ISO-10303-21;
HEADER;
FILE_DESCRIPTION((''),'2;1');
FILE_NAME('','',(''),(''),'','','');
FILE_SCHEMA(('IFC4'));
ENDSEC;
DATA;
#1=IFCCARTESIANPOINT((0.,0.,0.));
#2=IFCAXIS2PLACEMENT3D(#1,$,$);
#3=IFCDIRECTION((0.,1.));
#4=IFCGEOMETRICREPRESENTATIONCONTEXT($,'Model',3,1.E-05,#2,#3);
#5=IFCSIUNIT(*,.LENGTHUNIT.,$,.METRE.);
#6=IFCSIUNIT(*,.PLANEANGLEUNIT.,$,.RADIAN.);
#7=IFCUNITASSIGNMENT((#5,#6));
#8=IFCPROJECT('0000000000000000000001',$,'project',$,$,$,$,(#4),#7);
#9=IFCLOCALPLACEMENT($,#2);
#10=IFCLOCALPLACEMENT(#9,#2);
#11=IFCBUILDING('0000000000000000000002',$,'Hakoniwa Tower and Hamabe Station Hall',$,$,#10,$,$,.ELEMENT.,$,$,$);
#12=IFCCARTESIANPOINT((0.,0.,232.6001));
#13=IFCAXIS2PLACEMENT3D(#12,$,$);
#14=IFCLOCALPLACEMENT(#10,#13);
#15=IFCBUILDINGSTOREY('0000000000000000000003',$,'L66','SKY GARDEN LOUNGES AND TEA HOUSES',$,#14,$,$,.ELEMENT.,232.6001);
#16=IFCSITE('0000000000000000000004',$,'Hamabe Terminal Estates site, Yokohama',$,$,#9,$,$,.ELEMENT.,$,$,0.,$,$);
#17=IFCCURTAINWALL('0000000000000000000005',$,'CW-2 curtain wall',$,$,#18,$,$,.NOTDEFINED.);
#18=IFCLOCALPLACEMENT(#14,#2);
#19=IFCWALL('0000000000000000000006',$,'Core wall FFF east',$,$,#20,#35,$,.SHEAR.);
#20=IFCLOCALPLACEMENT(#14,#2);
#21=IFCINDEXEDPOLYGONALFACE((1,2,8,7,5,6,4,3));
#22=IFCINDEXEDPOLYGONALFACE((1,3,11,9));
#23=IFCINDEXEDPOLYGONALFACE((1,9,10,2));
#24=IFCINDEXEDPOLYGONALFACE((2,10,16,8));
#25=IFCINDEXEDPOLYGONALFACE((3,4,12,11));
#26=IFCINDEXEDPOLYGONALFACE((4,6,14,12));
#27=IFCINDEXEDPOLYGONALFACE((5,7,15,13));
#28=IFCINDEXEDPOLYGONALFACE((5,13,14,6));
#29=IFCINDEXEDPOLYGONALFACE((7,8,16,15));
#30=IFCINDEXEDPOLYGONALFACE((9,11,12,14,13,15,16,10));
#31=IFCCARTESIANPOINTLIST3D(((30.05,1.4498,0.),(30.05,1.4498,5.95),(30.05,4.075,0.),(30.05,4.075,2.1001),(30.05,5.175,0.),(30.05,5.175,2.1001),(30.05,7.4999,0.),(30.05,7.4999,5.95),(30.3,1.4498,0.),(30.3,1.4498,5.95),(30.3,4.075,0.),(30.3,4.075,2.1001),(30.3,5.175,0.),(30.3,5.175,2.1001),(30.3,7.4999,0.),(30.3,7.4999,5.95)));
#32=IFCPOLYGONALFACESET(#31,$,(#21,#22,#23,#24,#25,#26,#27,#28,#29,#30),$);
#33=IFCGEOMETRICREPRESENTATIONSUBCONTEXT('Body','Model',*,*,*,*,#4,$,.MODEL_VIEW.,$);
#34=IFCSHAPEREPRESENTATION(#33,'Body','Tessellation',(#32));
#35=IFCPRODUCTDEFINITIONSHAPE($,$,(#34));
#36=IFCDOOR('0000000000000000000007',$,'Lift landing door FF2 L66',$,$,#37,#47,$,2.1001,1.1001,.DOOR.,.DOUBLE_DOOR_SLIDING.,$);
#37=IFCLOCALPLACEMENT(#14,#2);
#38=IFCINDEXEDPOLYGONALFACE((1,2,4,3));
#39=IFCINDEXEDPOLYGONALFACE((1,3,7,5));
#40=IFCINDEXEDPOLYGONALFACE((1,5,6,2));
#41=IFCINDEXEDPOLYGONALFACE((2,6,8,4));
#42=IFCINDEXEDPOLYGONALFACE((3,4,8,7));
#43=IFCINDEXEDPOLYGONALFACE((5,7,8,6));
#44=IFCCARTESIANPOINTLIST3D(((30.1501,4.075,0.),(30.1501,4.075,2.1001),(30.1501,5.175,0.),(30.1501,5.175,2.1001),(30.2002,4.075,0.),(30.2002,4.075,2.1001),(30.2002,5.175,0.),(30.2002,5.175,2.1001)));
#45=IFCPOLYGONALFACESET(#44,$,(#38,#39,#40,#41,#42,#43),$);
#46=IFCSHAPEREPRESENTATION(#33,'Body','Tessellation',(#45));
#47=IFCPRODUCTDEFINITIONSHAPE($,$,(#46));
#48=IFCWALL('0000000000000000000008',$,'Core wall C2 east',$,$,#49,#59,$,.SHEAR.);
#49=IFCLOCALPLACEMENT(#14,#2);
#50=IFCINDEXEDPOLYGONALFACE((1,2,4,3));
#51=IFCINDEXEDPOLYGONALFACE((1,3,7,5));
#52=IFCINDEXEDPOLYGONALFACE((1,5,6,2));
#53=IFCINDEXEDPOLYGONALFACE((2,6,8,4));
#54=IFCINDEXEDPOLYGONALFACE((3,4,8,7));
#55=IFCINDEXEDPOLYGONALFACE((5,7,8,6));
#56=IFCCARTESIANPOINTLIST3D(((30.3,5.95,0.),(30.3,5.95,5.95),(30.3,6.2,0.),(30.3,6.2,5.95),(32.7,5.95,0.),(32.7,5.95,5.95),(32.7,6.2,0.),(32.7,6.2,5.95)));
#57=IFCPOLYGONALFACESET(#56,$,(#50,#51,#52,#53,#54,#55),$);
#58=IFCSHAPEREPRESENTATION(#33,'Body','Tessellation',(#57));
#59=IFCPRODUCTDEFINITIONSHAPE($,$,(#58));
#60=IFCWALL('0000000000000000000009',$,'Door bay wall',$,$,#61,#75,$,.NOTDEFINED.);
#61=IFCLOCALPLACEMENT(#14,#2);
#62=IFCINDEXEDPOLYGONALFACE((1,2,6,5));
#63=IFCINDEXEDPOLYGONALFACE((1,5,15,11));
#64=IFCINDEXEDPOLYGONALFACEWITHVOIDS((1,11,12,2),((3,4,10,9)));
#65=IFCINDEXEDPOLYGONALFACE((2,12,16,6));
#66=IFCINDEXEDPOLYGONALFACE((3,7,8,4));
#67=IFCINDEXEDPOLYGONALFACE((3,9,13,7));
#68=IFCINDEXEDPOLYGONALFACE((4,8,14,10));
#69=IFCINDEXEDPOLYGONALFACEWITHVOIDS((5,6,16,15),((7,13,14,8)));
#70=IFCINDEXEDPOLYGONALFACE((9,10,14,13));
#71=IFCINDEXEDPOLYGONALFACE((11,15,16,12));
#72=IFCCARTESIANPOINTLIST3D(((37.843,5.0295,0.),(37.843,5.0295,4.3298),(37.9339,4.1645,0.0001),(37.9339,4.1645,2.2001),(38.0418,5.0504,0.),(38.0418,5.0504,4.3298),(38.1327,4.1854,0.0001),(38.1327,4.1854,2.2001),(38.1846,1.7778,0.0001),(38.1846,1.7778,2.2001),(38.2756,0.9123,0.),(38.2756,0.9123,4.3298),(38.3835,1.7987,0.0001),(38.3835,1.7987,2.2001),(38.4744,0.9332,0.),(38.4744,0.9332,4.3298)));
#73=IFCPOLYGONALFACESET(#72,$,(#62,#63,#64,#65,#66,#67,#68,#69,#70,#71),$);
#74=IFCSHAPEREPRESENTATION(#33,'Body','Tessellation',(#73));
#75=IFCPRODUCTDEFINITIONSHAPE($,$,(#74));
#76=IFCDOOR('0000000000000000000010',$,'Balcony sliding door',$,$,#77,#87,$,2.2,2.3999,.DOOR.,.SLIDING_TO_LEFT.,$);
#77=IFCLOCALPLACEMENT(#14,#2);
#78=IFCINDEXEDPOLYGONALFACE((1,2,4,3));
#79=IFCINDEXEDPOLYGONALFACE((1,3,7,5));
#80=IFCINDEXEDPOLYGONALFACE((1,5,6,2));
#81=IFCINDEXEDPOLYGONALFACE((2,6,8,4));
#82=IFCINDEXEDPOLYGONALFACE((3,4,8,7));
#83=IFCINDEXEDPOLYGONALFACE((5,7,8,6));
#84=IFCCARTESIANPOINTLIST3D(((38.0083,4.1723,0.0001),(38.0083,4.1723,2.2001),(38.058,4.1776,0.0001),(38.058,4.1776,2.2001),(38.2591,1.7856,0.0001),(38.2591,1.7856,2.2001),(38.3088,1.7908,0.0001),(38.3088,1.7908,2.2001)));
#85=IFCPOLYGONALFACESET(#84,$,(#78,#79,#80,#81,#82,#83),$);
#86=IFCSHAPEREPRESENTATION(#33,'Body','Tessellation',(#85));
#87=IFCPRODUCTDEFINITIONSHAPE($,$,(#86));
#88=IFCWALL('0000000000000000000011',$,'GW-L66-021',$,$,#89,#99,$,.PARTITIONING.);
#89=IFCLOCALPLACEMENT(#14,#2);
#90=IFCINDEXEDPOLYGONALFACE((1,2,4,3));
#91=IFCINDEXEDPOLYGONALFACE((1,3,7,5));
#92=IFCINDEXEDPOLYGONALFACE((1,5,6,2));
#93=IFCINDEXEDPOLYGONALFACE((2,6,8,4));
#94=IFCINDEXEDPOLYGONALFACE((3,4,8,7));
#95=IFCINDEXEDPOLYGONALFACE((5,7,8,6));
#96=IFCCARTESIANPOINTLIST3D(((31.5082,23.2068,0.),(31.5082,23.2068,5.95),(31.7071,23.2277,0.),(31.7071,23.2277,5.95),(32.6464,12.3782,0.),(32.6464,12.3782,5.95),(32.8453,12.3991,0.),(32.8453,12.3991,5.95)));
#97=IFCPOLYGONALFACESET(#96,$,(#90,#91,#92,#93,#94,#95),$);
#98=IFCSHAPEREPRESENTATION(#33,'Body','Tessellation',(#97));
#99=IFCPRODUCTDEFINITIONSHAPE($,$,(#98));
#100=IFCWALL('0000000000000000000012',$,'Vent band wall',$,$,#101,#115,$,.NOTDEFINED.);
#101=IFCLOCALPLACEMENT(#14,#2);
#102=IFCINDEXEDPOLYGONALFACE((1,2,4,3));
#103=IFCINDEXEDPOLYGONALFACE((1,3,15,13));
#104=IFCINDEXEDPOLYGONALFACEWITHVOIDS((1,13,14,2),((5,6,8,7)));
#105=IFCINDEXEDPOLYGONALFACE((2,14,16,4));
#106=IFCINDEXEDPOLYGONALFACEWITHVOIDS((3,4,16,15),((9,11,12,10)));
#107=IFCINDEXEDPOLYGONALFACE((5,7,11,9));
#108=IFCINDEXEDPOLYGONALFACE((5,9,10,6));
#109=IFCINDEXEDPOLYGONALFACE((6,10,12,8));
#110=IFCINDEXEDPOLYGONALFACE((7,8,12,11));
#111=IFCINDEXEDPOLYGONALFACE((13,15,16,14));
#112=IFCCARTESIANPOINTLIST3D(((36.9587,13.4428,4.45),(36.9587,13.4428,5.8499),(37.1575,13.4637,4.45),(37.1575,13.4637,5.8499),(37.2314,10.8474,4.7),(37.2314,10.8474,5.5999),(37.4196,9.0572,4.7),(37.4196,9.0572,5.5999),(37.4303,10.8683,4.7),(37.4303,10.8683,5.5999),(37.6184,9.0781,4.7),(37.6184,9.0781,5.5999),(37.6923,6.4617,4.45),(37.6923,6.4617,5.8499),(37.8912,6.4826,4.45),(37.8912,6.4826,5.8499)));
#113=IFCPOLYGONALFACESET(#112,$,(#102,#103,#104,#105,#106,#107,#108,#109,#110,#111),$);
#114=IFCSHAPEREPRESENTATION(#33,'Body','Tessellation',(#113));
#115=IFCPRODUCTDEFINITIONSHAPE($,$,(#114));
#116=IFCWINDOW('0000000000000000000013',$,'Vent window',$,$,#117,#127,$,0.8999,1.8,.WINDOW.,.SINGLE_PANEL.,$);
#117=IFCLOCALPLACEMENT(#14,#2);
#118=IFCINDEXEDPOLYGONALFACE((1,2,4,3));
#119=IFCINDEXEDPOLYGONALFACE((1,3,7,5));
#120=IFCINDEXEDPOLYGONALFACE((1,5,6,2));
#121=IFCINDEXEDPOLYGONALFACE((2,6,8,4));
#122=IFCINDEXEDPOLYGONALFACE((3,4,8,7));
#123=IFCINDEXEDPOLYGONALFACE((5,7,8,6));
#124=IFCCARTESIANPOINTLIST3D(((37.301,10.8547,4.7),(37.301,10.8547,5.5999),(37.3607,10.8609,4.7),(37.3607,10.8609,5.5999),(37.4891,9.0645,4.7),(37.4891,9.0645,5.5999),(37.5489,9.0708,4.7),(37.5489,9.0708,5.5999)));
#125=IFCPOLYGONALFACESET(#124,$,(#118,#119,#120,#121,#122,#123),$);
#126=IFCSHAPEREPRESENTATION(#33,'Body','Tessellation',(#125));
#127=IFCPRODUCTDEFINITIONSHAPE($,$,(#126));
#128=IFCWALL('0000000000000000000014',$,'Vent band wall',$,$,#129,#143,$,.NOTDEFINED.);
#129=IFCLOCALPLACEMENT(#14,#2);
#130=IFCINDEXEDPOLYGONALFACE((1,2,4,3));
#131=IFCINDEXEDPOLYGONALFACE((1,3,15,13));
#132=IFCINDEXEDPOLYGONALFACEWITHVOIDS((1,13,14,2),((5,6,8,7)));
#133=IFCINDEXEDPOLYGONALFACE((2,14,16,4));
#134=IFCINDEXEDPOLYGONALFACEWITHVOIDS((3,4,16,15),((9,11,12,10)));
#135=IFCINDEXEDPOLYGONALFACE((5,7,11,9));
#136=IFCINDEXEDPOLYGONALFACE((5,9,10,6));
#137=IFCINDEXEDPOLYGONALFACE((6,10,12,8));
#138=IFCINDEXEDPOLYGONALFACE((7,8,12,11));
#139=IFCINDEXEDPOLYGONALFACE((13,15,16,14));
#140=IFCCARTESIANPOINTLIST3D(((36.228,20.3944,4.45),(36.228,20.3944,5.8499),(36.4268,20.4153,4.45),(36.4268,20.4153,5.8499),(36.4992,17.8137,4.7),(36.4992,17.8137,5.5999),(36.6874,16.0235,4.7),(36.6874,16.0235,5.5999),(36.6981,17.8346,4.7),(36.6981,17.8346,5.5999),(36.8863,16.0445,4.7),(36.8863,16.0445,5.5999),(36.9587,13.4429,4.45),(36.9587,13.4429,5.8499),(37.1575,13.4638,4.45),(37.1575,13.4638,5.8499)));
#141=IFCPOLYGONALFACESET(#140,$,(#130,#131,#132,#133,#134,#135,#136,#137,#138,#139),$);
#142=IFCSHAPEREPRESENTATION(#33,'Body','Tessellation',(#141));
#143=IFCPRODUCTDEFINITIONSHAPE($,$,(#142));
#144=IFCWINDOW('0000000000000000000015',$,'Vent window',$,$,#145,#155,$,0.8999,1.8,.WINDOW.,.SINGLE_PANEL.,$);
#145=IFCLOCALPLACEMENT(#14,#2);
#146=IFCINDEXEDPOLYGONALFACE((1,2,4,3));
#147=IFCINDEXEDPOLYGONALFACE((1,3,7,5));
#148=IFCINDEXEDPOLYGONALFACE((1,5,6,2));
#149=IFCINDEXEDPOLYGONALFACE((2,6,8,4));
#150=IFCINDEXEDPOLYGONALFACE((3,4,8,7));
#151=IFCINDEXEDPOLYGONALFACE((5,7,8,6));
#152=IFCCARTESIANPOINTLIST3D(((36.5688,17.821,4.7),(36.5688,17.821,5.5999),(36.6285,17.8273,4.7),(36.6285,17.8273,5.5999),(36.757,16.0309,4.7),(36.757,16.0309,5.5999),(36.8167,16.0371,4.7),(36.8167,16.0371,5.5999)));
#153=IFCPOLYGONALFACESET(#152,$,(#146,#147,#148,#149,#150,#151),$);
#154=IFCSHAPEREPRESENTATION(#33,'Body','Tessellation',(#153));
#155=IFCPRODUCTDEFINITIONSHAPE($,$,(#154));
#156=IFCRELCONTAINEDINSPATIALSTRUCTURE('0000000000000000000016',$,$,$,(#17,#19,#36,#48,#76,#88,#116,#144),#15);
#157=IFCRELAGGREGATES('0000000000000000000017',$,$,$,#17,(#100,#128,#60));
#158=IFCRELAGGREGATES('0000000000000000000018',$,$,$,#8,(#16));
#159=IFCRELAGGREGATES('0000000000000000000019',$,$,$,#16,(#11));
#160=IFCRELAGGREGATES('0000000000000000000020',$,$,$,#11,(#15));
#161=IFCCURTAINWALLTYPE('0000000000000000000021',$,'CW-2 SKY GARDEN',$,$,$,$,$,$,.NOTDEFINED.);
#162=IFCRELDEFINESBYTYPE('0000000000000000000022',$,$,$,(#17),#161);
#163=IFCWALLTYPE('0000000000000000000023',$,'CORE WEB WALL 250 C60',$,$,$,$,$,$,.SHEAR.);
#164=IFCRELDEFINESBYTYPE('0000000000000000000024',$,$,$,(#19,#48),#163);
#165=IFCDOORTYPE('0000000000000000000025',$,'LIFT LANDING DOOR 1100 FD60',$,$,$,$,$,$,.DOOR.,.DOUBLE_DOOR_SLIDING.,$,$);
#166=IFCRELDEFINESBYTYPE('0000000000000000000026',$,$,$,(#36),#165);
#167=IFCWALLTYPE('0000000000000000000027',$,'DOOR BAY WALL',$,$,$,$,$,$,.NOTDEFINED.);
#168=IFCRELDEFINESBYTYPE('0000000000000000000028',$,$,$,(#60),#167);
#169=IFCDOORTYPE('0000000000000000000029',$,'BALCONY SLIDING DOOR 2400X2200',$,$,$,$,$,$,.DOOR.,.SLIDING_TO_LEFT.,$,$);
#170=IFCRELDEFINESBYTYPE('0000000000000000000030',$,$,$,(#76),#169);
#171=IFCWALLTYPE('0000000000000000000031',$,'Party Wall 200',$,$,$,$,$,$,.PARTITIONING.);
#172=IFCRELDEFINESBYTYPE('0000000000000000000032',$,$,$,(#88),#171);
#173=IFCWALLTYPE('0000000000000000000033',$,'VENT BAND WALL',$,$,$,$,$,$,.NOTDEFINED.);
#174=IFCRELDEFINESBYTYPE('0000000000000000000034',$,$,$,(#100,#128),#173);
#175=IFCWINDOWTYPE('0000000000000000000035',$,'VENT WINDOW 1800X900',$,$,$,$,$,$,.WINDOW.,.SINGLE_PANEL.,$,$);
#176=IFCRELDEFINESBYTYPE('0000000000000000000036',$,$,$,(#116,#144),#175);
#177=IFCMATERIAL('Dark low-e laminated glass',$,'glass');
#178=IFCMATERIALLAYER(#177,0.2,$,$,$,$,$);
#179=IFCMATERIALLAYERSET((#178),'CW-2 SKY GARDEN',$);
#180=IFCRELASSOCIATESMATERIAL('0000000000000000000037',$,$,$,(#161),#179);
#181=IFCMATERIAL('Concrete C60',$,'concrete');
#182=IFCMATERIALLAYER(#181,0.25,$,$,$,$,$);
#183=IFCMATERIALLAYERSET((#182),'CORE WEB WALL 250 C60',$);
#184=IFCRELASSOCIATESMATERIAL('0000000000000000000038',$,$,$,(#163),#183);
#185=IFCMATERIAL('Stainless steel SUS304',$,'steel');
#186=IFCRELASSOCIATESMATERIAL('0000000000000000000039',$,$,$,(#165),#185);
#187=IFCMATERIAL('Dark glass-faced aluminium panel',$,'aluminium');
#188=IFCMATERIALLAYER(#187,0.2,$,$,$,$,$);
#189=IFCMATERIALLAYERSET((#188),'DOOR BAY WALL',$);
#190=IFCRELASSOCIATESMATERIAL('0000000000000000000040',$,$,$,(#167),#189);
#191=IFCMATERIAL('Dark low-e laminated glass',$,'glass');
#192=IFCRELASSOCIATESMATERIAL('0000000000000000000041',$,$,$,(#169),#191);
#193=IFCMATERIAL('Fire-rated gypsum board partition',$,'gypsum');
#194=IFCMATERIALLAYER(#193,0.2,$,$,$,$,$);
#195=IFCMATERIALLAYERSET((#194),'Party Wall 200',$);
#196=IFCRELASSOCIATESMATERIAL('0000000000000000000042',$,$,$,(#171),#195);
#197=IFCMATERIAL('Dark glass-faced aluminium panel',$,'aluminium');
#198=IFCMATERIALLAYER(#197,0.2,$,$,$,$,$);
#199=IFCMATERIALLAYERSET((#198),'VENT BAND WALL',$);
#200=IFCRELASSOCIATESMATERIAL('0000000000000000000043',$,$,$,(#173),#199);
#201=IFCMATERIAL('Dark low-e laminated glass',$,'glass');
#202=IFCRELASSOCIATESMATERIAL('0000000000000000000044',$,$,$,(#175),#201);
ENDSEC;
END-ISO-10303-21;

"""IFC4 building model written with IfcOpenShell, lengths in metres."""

from ifc_helpers import new_model, si_unit, direction, frame, frame_2d, origin, place, context, subcontext, project, spatial, rectangle, extrude, material, layer, layer_set, type_object, element, fill, aggregate, save


model = new_model("IFC4")

# Units and contexts
model_context = context("Model", 3, precision=1e-05, world=origin(), true_north=direction((0.0, 1.0)))
body_context = subcontext(model_context, "Body", "Model", "MODEL_VIEW")
ifc_project = project(units=[si_unit("LENGTHUNIT", "METRE"), si_unit("PLANEANGLEUNIT", "RADIAN")], contexts=[model_context])

# Site, building, storey
site_placement = place(None, origin())
site = spatial("IfcSite", under=ifc_project, at=site_placement, Name="Hamabe Terminal Estates site, Yokohama", CompositionType="ELEMENT", RefElevation=0.0)
building_placement = place(site_placement, origin())
building = spatial("IfcBuilding", under=site, at=building_placement, Name="Hakoniwa Tower and Hamabe Station Hall", CompositionType="ELEMENT")
storey_placement = place(building_placement, frame((0.0, 0.0, 232.6001)))
storey = spatial("IfcBuildingStorey", under=building, at=storey_placement, Name="L66", Description="SKY GARDEN LOUNGES AND TEA HOUSES", CompositionType="ELEMENT", Elevation=232.6001)

# Curtain wall
ifc_material_1 = material(Name="Dark low-e laminated glass", Category="glass")
ifc_layer_1 = layer(ifc_material_1, 0.2)
ifc_layer_set_1 = layer_set([ifc_layer_1], Name="CW-2 SKY GARDEN")
curtain_wall_type = type_object("IfcCurtainWallType", Name="CW-2 SKY GARDEN", PredefinedType="NOTDEFINED", material=ifc_layer_set_1)
curtain_wall_placement = place(storey_placement, origin())
curtain_wall = element("IfcCurtainWall", 1, at=curtain_wall_placement, inside=storey, type_object=curtain_wall_type, Name="CW-2 curtain wall", PredefinedType="NOTDEFINED")

# Shared definitions
ifc_material_2 = material(Name="Concrete C60", Category="concrete")
ifc_layer_2 = layer(ifc_material_2, 0.25)
ifc_layer_set_2 = layer_set([ifc_layer_2], Name="CORE WEB WALL 250 C60")
wall_type_1 = type_object("IfcWallType", Name="CORE WEB WALL 250 C60", PredefinedType="SHEAR", material=ifc_layer_set_2)

# Wall, opening, door
wall_1_placement = place(storey_placement, frame((30.175, 1.45, 0.0), z_axis=(0.0, 0.0, 1.0), x_axis=(0.0, 1.0, 0.0)))
wall_1 = element("IfcWall", 2, at=wall_1_placement, inside=storey, type_object=wall_type_1, Name="Core wall FFF east", PredefinedType="SHEAR", context=body_context, shape_type="SweptSolid", body=[
    extrude(rectangle(XDim=6.05, YDim=0.25, at=frame_2d((3.0249, 0.0))), origin(), (0.0, 0.0, 1.0), 5.95),
])
opening_1_placement = place(wall_1_placement, frame((2.625, 0.0, 0.0)))
opening_1 = element("IfcOpeningElement", 3, at=opening_1_placement, cuts=wall_1, PredefinedType="OPENING", context=body_context, shape_type="SweptSolid", body=[
    extrude(rectangle(XDim=1.1001, YDim=2.1001, at=frame_2d((0.55, 1.05))), frame((0.0, 0.135, 0.0), z_axis=(0.0, -1.0, 0.0), x_axis=(1.0, 0.0, 0.0)), (0.0, 0.0, 1.0), 0.27),
])
ifc_material_3 = material(Name="Stainless steel SUS304", Category="steel")
door_type_1 = type_object("IfcDoorType", Name="LIFT LANDING DOOR 1100 FD60", OperationType="DOUBLE_DOOR_SLIDING", PredefinedType="DOOR", material=ifc_material_3)
door_1_placement = place(opening_1_placement, origin())
door_1 = element("IfcDoor", 4, at=door_1_placement, inside=storey, type_object=door_type_1, Name="Lift landing door FF2 L66", OperationType="DOUBLE_DOOR_SLIDING", OverallHeight=2.1001, OverallWidth=1.1001, PredefinedType="DOOR", context=body_context, shape_type="SweptSolid", body=[
    extrude(rectangle(XDim=1.1001, YDim=2.1001, at=frame_2d((0.55, 1.05))), frame((0.0, 0.0249, 0.0), z_axis=(0.0, -1.0, 0.0), x_axis=(1.0, 0.0, 0.0)), (0.0, 0.0, 1.0), 0.05),
])
fill(opening_1, door_1)

# Wall
wall_2_placement = place(storey_placement, frame((30.3, 6.075, 0.0), z_axis=(0.0, 0.0, 1.0), x_axis=(1.0, 0.0, 0.0)))
element("IfcWall", 5, at=wall_2_placement, inside=storey, type_object=wall_type_1, Name="Core wall C2 east", PredefinedType="SHEAR", context=body_context, shape_type="SweptSolid", body=[
    extrude(rectangle(XDim=2.3999, YDim=0.25, at=frame_2d((1.2, 0.0))), origin(), (0.0, 0.0, 1.0), 5.95),
])

# Wall, opening, door
ifc_material_4 = material(Name="Dark glass-faced aluminium panel", Category="aluminium")
ifc_layer_3 = layer(ifc_material_4, 0.2)
ifc_layer_set_3 = layer_set([ifc_layer_3], Name="DOOR BAY WALL")
wall_type_2 = type_object("IfcWallType", Name="DOOR BAY WALL", PredefinedType="NOTDEFINED", material=ifc_layer_set_3)
wall_3_placement = place(storey_placement, frame((38.375, 0.9229, 0.0), z_axis=(0.0, 0.0, 1.0), x_axis=(-0.104501, 0.994525, 0.0)))
wall_3 = element("IfcWall", 6, at=wall_3_placement, type_object=wall_type_2, Name="Door bay wall", PredefinedType="NOTDEFINED", context=body_context, shape_type="SweptSolid", body=[
    extrude(rectangle(XDim=4.1399, YDim=0.2, at=frame_2d((2.0698, 0.0))), origin(), (0.0, 0.0, 1.0), 4.3298),
])
opening_2_placement = place(wall_3_placement, frame((0.8701, 0.0, 0.0)))
opening_2 = element("IfcOpeningElement", 7, at=opening_2_placement, cuts=wall_3, PredefinedType="OPENING", context=body_context, shape_type="SweptSolid", body=[
    extrude(rectangle(XDim=2.3999, YDim=2.2, at=frame_2d((1.2, 1.1001))), frame((0.0, 0.1099, 0.0), z_axis=(0.0, -1.0, 0.0), x_axis=(1.0, 0.0, 0.0)), (0.0, 0.0, 1.0), 0.22),
])
ifc_material_5 = material(Name="Dark low-e laminated glass", Category="glass")
door_type_2 = type_object("IfcDoorType", Name="BALCONY SLIDING DOOR 2400X2200", OperationType="SLIDING_TO_LEFT", PredefinedType="DOOR", material=ifc_material_5)
door_2_placement = place(opening_2_placement, frame((2.3999, 0.0, 0.0), z_axis=(0.0, 0.0, 1.0), x_axis=(-1.0, 0.0, 0.0)))
door_2 = element("IfcDoor", 8, at=door_2_placement, inside=storey, type_object=door_type_2, Name="Balcony sliding door", OperationType="SLIDING_TO_LEFT", OverallHeight=2.2, OverallWidth=2.3999, PredefinedType="DOOR", context=body_context, shape_type="SweptSolid", body=[
    extrude(rectangle(XDim=2.3999, YDim=2.2, at=frame_2d((1.2, 1.1001))), frame((0.0, 0.0249, 0.0), z_axis=(0.0, -1.0, 0.0), x_axis=(1.0, 0.0, 0.0)), (0.0, 0.0, 1.0), 0.05),
])
fill(opening_2, door_2)

# Wall
ifc_material_6 = material(Name="Fire-rated gypsum board partition", Category="gypsum")
ifc_layer_4 = layer(ifc_material_6, 0.2)
ifc_layer_set_4 = layer_set([ifc_layer_4], Name="Party Wall 200")
wall_type_3 = type_object("IfcWallType", Name="Party Wall 200", PredefinedType="PARTITIONING", material=ifc_layer_set_4)
wall_4_placement = place(storey_placement, frame((32.7458, 12.3887, 0.0), z_axis=(0.0, 0.0, 1.0), x_axis=(-0.104533, 0.994521, 0.0)))
element("IfcWall", 9, at=wall_4_placement, inside=storey, type_object=wall_type_3, Name="GW-L66-021", PredefinedType="PARTITIONING", context=body_context, shape_type="SweptSolid", body=[
    extrude(rectangle(XDim=10.8882, YDim=0.2, at=frame_2d((5.4441, 0.0))), origin(), (0.0, 0.0, 1.0), 5.95),
])

# Walls, openings, windows
ifc_material_7 = material(Name="Dark glass-faced aluminium panel", Category="aluminium")
ifc_layer_5 = layer(ifc_material_7, 0.2)
ifc_layer_set_5 = layer_set([ifc_layer_5], Name="VENT BAND WALL")
wall_type_4 = type_object("IfcWallType", Name="VENT BAND WALL", PredefinedType="NOTDEFINED", material=ifc_layer_set_5)
wall_5_placement = place(storey_placement, frame((37.7917, 6.4722, 4.45), z_axis=(0.0, 0.0, 1.0), x_axis=(-0.104513, 0.994524, 0.0)))
wall_5 = element("IfcWall", 10, at=wall_5_placement, type_object=wall_type_4, Name="Vent band wall", PredefinedType="NOTDEFINED", context=body_context, shape_type="SweptSolid", body=[
    extrude(rectangle(XDim=7.0195, YDim=0.2, at=frame_2d((3.5098, 0.0))), origin(), (0.0, 0.0, 1.0), 1.3999),
])
opening_3_placement = place(wall_5_placement, frame((2.6099, 0.0, 0.25)))
opening_3 = element("IfcOpeningElement", 11, at=opening_3_placement, cuts=wall_5, PredefinedType="OPENING", context=body_context, shape_type="SweptSolid", body=[
    extrude(rectangle(XDim=1.8, YDim=0.8999, at=frame_2d((0.8999, 0.45))), frame((0.0, 0.1099, 0.0), z_axis=(0.0, -1.0, 0.0), x_axis=(1.0, 0.0, 0.0)), (0.0, 0.0, 1.0), 0.22),
])
ifc_material_8 = material(Name="Dark low-e laminated glass", Category="glass")
window_type = type_object("IfcWindowType", Name="VENT WINDOW 1800X900", PartitioningType="SINGLE_PANEL", PredefinedType="WINDOW", material=ifc_material_8)
window_1_placement = place(opening_3_placement, origin())
window_1 = element("IfcWindow", 12, at=window_1_placement, inside=storey, type_object=window_type, Name="Vent window", OverallHeight=0.8999, OverallWidth=1.8, PartitioningType="SINGLE_PANEL", PredefinedType="WINDOW", context=body_context, shape_type="SweptSolid", body=[
    extrude(rectangle(XDim=1.8, YDim=0.8999, at=frame_2d((0.8999, 0.45))), frame((0.0, 0.03, 0.0), z_axis=(0.0, -1.0, 0.0), x_axis=(1.0, 0.0, 0.0)), (0.0, 0.0, 1.0), 0.0601),
])
fill(opening_3, window_1)
wall_6_placement = place(storey_placement, frame((37.0581, 13.4534, 4.45), z_axis=(0.0, 0.0, 1.0), x_axis=(-0.104541, 0.994521, 0.0)))
wall_6 = element("IfcWall", 13, at=wall_6_placement, type_object=wall_type_4, Name="Vent band wall", PredefinedType="NOTDEFINED", context=body_context, shape_type="SweptSolid", body=[
    extrude(rectangle(XDim=6.9897, YDim=0.2, at=frame_2d((3.4949, 0.0))), origin(), (0.0, 0.0, 1.0), 1.3999),
])
opening_4_placement = place(wall_6_placement, frame((2.595, 0.0, 0.25)))
opening_4 = element("IfcOpeningElement", 14, at=opening_4_placement, cuts=wall_6, PredefinedType="OPENING", context=body_context, shape_type="SweptSolid", body=[
    extrude(rectangle(XDim=1.8, YDim=0.8999, at=frame_2d((0.8999, 0.45))), frame((0.0, 0.1099, 0.0), z_axis=(0.0, -1.0, 0.0), x_axis=(1.0, 0.0, 0.0)), (0.0, 0.0, 1.0), 0.22),
])
window_2_placement = place(opening_4_placement, origin())
window_2 = element("IfcWindow", 15, at=window_2_placement, inside=storey, type_object=window_type, Name="Vent window", OverallHeight=0.8999, OverallWidth=1.8, PartitioningType="SINGLE_PANEL", PredefinedType="WINDOW", context=body_context, shape_type="SweptSolid", body=[
    extrude(rectangle(XDim=1.8, YDim=0.8999, at=frame_2d((0.8999, 0.45))), frame((0.0, 0.03, 0.0), z_axis=(0.0, -1.0, 0.0), x_axis=(1.0, 0.0, 0.0)), (0.0, 0.0, 1.0), 0.0601),
])
fill(opening_4, window_2)
aggregate(curtain_wall, [wall_5, wall_6, wall_3])

save(model, "model.ifc")
